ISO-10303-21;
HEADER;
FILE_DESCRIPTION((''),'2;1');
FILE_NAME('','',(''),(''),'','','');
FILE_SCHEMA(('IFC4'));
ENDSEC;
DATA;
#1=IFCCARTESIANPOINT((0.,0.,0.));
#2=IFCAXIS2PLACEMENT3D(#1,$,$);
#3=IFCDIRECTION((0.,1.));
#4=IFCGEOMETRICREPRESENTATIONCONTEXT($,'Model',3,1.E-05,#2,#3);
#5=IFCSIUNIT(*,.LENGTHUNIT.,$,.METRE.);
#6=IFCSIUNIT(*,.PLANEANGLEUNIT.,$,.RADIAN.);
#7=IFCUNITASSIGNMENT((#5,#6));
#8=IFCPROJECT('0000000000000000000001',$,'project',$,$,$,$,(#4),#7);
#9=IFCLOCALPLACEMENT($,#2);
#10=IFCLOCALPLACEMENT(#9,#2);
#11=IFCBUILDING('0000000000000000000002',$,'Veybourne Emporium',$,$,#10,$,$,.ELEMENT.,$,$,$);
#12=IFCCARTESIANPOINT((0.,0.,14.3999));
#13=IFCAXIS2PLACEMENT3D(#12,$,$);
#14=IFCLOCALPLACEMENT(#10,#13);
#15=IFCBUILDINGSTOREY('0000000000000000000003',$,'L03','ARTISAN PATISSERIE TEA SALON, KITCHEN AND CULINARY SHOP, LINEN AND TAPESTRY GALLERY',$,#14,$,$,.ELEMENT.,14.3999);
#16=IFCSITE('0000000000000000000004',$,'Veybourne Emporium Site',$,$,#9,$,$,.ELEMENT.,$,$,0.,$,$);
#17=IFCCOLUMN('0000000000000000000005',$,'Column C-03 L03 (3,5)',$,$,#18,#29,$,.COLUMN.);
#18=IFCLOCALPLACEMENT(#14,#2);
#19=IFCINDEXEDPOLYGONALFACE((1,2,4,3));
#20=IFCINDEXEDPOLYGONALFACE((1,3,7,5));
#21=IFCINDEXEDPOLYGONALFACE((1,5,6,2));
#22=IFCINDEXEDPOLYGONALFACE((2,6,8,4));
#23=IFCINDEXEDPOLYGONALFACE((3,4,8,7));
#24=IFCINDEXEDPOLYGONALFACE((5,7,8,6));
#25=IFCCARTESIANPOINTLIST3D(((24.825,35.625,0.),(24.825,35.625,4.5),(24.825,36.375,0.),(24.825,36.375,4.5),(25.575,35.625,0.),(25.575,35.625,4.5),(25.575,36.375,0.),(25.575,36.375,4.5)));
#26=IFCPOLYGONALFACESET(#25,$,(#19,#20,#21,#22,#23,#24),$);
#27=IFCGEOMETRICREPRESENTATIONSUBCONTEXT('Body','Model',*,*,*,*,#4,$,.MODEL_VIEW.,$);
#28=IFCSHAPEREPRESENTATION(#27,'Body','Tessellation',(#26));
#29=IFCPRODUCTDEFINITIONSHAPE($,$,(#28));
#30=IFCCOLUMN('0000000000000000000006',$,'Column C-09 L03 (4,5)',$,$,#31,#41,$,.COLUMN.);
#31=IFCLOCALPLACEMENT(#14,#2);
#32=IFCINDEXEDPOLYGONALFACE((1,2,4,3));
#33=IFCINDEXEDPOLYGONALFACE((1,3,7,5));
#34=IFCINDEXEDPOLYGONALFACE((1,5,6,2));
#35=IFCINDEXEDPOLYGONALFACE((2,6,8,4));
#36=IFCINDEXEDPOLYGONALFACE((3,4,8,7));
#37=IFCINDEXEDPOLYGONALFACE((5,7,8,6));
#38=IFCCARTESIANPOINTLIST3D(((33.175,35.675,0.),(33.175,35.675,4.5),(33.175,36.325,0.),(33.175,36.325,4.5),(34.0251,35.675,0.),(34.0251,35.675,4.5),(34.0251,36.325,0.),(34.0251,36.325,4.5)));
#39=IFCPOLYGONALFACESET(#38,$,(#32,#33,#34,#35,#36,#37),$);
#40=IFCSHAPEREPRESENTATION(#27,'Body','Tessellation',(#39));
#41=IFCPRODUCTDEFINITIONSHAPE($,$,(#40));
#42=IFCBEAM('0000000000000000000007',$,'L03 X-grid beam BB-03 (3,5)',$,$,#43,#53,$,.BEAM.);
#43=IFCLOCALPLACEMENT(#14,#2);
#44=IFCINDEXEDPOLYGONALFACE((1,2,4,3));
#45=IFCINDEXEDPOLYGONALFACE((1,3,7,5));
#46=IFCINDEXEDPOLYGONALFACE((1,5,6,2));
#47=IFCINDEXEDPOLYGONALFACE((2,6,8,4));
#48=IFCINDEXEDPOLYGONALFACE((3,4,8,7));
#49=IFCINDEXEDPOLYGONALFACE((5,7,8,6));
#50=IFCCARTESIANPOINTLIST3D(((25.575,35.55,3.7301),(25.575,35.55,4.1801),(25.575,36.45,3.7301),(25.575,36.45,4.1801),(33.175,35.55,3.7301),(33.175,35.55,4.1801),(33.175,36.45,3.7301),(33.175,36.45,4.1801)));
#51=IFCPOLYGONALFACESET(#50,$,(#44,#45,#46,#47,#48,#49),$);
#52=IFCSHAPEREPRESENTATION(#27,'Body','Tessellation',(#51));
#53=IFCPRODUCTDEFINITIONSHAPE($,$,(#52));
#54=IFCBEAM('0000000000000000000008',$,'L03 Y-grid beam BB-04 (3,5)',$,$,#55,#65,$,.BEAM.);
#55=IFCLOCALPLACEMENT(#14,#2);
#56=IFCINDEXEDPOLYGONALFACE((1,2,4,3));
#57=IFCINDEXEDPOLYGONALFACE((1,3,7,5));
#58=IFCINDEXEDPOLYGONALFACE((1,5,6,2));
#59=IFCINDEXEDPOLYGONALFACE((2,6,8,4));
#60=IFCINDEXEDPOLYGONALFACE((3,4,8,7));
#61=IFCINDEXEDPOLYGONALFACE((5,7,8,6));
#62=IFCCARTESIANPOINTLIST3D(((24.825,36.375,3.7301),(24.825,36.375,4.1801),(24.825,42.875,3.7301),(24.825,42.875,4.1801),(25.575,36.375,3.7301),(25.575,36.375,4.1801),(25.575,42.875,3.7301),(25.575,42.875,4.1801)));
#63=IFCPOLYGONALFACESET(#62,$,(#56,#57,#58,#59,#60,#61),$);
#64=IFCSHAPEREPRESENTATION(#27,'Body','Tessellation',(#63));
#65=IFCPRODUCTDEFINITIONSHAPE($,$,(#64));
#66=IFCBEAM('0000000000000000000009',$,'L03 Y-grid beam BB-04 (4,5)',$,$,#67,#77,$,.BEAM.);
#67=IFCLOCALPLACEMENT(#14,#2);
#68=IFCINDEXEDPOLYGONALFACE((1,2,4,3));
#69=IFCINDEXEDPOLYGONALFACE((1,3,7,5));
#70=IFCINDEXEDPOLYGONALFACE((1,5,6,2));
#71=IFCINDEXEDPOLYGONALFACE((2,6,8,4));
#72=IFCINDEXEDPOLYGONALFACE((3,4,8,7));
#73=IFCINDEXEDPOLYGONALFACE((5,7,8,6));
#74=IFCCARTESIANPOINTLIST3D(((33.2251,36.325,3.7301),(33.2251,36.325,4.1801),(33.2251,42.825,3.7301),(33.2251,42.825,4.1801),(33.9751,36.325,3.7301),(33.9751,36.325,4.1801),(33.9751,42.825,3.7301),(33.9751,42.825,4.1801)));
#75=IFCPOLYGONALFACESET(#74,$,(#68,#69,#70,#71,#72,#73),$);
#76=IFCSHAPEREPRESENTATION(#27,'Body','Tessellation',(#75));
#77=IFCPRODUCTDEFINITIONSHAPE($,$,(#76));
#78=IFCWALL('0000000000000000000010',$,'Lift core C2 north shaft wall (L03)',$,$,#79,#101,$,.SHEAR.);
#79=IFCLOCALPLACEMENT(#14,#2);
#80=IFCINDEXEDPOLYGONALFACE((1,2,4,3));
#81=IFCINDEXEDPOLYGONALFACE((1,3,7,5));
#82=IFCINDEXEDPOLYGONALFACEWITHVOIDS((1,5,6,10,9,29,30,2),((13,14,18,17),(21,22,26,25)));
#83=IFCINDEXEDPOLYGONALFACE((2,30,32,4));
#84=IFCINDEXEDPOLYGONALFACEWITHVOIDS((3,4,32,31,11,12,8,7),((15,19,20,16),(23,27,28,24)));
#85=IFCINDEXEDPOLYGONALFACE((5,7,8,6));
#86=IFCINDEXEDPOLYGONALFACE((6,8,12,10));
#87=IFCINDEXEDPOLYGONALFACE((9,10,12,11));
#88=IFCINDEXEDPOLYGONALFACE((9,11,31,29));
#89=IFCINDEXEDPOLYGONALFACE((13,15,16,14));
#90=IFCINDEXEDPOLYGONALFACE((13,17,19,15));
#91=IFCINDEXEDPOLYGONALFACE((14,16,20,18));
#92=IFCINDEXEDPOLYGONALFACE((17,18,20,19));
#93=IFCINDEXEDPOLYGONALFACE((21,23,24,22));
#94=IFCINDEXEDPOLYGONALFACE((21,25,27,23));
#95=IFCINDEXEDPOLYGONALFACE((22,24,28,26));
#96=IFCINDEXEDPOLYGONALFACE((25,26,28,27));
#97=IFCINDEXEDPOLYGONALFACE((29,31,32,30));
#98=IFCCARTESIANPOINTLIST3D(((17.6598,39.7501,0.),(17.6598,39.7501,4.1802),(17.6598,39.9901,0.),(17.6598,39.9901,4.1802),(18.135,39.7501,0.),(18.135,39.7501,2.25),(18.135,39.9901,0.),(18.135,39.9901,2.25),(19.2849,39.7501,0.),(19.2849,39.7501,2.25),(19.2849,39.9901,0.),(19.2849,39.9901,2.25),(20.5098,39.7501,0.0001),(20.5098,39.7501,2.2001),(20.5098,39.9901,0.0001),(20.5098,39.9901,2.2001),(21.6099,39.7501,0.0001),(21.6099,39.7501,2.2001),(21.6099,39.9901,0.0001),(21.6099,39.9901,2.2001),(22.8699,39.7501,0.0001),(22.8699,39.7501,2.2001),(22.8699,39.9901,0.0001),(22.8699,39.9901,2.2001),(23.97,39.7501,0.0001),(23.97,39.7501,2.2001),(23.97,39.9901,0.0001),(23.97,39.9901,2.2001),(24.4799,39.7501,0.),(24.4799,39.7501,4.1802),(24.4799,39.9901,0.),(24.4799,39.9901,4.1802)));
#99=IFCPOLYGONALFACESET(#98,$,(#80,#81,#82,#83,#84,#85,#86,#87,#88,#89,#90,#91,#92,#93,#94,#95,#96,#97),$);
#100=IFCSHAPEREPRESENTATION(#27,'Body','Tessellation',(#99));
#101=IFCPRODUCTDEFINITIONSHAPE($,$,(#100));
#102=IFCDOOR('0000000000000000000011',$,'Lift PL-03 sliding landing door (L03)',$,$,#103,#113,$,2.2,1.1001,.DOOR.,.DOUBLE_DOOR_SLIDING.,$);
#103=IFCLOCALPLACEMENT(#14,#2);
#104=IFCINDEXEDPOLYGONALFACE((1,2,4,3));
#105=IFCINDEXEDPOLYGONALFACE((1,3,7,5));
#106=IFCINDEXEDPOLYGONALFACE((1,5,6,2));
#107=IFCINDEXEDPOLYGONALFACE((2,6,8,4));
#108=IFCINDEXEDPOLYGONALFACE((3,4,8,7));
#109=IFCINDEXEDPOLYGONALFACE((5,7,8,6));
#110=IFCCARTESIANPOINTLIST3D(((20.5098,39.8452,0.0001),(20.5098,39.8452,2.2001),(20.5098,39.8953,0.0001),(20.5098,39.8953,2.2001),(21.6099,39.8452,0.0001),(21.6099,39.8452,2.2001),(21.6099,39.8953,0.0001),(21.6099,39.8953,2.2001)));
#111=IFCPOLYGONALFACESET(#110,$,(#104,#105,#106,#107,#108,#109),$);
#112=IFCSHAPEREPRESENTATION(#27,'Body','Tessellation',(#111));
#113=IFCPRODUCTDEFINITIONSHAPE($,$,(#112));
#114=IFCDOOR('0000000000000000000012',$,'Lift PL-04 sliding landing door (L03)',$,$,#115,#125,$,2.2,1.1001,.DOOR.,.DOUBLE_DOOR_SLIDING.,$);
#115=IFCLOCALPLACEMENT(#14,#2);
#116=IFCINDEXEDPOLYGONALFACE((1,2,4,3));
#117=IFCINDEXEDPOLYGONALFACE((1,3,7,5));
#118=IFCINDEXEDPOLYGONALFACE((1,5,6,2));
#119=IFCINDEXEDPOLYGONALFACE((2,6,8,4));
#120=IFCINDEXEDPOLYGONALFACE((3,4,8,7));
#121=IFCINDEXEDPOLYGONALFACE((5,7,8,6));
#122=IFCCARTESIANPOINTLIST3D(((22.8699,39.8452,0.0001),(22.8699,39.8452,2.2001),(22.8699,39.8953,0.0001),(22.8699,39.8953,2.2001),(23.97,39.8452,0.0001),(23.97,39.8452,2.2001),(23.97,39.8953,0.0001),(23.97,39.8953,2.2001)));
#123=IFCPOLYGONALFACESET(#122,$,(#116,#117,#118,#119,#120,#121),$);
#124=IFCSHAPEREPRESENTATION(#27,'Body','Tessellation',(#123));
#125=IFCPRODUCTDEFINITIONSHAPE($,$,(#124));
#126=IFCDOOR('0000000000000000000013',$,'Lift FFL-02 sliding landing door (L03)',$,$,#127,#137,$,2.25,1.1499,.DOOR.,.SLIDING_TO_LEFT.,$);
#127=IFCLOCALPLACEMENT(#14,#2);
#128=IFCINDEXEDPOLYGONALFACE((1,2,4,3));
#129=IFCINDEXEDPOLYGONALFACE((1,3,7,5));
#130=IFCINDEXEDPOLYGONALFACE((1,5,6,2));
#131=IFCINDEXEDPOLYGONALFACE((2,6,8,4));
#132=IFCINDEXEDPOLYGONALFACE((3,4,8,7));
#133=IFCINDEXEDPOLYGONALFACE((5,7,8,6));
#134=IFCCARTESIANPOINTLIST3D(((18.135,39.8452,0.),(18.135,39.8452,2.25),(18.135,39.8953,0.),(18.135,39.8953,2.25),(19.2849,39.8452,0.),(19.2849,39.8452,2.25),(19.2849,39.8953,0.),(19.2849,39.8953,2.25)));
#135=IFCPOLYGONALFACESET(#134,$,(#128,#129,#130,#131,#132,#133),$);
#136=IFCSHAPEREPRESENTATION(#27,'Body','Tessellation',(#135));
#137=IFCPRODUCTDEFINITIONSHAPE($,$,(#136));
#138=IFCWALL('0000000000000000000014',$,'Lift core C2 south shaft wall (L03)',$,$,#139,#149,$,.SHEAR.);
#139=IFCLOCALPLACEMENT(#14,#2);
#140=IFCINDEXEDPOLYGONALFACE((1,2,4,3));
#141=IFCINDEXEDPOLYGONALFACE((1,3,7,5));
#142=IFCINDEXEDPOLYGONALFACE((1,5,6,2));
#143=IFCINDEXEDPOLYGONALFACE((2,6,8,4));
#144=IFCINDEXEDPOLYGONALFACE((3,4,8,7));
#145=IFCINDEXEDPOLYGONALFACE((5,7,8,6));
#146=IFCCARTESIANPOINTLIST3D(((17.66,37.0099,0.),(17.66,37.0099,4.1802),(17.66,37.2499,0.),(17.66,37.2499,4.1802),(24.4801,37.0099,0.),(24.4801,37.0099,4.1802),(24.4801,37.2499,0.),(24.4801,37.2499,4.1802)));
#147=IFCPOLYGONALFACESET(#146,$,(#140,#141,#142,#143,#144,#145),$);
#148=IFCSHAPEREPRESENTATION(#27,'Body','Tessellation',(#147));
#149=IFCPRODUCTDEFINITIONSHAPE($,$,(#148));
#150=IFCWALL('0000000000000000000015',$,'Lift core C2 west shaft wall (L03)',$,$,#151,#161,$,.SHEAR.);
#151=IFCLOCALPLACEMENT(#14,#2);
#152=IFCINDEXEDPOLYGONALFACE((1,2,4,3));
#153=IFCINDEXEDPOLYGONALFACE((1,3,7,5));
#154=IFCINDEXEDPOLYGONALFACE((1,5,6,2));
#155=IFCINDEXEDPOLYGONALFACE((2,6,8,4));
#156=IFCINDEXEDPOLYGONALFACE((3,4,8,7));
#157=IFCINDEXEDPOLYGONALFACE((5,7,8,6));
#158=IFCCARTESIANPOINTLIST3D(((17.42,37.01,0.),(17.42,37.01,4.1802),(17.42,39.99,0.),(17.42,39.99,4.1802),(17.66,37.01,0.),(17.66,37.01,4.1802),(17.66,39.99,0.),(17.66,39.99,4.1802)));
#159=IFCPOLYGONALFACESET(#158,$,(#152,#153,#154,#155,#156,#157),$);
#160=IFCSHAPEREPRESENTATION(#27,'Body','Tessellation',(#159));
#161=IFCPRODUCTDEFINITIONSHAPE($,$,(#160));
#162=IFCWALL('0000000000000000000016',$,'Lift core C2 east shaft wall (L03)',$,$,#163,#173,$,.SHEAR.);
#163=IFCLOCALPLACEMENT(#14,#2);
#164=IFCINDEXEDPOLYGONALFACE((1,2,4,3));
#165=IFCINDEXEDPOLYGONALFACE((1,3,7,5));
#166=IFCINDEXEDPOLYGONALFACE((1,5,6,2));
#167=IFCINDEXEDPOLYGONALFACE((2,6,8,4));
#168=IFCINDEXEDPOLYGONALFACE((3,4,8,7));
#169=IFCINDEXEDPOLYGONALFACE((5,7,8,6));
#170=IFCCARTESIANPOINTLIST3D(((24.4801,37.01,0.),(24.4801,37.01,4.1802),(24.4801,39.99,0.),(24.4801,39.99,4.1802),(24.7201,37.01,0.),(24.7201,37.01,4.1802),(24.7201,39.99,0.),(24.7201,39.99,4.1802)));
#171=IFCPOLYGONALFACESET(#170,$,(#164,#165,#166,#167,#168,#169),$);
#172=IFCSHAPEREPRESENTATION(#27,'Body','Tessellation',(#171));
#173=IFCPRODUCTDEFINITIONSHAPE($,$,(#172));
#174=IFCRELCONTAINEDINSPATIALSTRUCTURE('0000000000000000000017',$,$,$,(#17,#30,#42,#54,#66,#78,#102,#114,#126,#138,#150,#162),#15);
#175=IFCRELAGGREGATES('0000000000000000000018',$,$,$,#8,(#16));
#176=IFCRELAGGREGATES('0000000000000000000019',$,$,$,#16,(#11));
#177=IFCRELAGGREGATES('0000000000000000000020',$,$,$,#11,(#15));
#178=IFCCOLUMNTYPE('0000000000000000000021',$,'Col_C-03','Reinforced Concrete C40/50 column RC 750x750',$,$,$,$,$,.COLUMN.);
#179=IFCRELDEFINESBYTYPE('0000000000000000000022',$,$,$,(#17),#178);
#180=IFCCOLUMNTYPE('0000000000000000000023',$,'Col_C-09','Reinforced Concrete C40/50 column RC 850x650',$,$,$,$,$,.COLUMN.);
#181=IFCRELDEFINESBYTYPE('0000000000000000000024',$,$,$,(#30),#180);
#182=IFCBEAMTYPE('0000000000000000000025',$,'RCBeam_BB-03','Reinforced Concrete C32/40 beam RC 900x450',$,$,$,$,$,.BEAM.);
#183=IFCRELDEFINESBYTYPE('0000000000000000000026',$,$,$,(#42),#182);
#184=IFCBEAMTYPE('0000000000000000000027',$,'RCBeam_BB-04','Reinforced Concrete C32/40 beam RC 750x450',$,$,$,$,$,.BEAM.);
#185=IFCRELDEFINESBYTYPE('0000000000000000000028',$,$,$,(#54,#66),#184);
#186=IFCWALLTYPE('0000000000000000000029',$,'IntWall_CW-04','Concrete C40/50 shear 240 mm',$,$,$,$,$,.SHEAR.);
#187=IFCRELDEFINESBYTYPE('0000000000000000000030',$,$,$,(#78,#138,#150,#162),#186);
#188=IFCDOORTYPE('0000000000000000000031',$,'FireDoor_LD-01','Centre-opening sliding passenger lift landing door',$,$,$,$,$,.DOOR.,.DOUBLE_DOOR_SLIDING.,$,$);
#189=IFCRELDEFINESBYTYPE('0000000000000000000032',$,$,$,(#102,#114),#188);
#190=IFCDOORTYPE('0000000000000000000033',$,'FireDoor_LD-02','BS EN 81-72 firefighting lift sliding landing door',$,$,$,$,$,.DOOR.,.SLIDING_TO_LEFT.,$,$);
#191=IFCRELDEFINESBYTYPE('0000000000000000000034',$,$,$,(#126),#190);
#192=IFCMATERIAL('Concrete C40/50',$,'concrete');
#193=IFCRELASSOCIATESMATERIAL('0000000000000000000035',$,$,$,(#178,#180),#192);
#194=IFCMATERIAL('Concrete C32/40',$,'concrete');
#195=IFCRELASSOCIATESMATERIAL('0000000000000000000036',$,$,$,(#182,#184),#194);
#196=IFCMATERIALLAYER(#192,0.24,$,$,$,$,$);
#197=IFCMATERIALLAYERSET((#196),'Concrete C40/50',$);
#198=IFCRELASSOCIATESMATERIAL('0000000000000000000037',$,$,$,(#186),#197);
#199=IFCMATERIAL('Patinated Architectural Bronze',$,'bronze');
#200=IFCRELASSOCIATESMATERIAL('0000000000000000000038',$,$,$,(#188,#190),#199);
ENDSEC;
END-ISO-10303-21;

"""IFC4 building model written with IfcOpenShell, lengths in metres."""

from ifc_helpers import new_model, si_unit, direction, frame, frame_2d, origin, origin_2d, place, context, subcontext, project, spatial, rectangle, extrude, material, layer, layer_set, material_profile, profile_set, type_object, element, fill, save


model = new_model("IFC4")

# Units and contexts
model_context = context("Model", 3, precision=1e-05, world=origin(), true_north=direction((0.0, 1.0)))
body_context = subcontext(model_context, "Body", "Model", "MODEL_VIEW")
ifc_project = project(units=[si_unit("LENGTHUNIT", "METRE"), si_unit("PLANEANGLEUNIT", "RADIAN")], contexts=[model_context])

# Site, building, storey
site_placement = place(None, origin())
site = spatial("IfcSite", under=ifc_project, at=site_placement, Name="Veybourne Emporium Site", CompositionType="ELEMENT", RefElevation=0.0)
building_placement = place(site_placement, origin())
building = spatial("IfcBuilding", under=site, at=building_placement, Name="Veybourne Emporium", CompositionType="ELEMENT")
storey_placement = place(building_placement, frame((0.0, 0.0, 14.3999)))
storey = spatial("IfcBuildingStorey", under=building, at=storey_placement, Name="L03", Description="ARTISAN PATISSERIE TEA SALON, KITCHEN AND CULINARY SHOP, LINEN AND TAPESTRY GALLERY", CompositionType="ELEMENT", Elevation=14.3999)

# Columns
ifc_material_1 = material(Name="Concrete C40/50", Category="concrete")
ifc_material_profile_1 = material_profile(ifc_material_1, rectangle(XDim=0.75, YDim=0.75, at=origin_2d()), Name="RC 750x750")
ifc_profile_set_1 = profile_set([ifc_material_profile_1], Name="Concrete C40/50")
column_type_1 = type_object("IfcColumnType", Name="Col_C-03", Description="Reinforced Concrete C40/50 column RC 750x750", PredefinedType="COLUMN", material=ifc_profile_set_1)
column_1_placement = place(storey_placement, frame((25.2, 36.0, 0.0), z_axis=(0.0, 0.0, 1.0), x_axis=(1.0, 0.0, 0.0)))
element("IfcColumn", 1, at=column_1_placement, inside=storey, type_object=column_type_1, Name="Column C-03 L03 (3,5)", PredefinedType="COLUMN", context=body_context, shape_type="SweptSolid", body=[
    extrude(rectangle(XDim=0.75, YDim=0.75, at=origin_2d()), origin(), (0.0, 0.0, 1.0), 4.5),
])
ifc_material_profile_2 = material_profile(ifc_material_1, rectangle(XDim=0.8501, YDim=0.6499, at=origin_2d()), Name="RC 850x650")
ifc_profile_set_2 = profile_set([ifc_material_profile_2], Name="Concrete C40/50")
column_type_2 = type_object("IfcColumnType", Name="Col_C-09", Description="Reinforced Concrete C40/50 column RC 850x650", PredefinedType="COLUMN", material=ifc_profile_set_2)
column_2_placement = place(storey_placement, frame((33.6001, 36.0, 0.0), z_axis=(0.0, 0.0, 1.0), x_axis=(1.0, 0.0, 0.0)))
element("IfcColumn", 2, at=column_2_placement, inside=storey, type_object=column_type_2, Name="Column C-09 L03 (4,5)", PredefinedType="COLUMN", context=body_context, shape_type="SweptSolid", body=[
    extrude(rectangle(XDim=0.8501, YDim=0.6499, at=origin_2d()), origin(), (0.0, 0.0, 1.0), 4.5),
])

# Beams
ifc_material_2 = material(Name="Concrete C32/40", Category="concrete")
ifc_material_profile_3 = material_profile(ifc_material_2, rectangle(XDim=0.8999, YDim=0.45, at=origin_2d()), Name="RC 900x450")
ifc_profile_set_3 = profile_set([ifc_material_profile_3], Name="Concrete C32/40")
beam_type_1 = type_object("IfcBeamType", Name="RCBeam_BB-03", Description="Reinforced Concrete C32/40 beam RC 900x450", PredefinedType="BEAM", material=ifc_profile_set_3)
beam_placement = place(storey_placement, frame((25.575, 36.0, 3.9551), z_axis=(1.0, 0.0, 0.0), x_axis=(0.0, 1.0, 0.0)))
element("IfcBeam", 3, at=beam_placement, inside=storey, type_object=beam_type_1, Name="L03 X-grid beam BB-03 (3,5)", PredefinedType="BEAM", context=body_context, shape_type="SweptSolid", body=[
    extrude(rectangle(XDim=0.8999, YDim=0.45, at=origin_2d()), origin(), (0.0, 0.0, 1.0), 7.6001),
])
ifc_material_profile_4 = material_profile(ifc_material_2, rectangle(XDim=0.75, YDim=0.45, at=origin_2d()), Name="RC 750x450")
ifc_profile_set_4 = profile_set([ifc_material_profile_4], Name="Concrete C32/40")
beam_type_2 = type_object("IfcBeamType", Name="RCBeam_BB-04", Description="Reinforced Concrete C32/40 beam RC 750x450", PredefinedType="BEAM", material=ifc_profile_set_4)
for number, where, z_axis, x_axis, name in (
    (4, (25.2, 36.375, 3.9551), (0.0, 1.0, 0.0), (-1.0, 0.0, 0.0), "L03 Y-grid beam BB-04 (3,5)"),
    (5, (33.6001, 36.325, 3.9551), (0.0, 1.0, 0.0), (-1.0, 0.0, 0.0), "L03 Y-grid beam BB-04 (4,5)"),
):
    element("IfcBeam", number, at=place(storey_placement, frame(where, z_axis=z_axis, x_axis=x_axis)), inside=storey, type_object=beam_type_2, Name=name, PredefinedType="BEAM", context=body_context, shape_type="SweptSolid", body=[
        extrude(rectangle(XDim=0.75, YDim=0.45, at=origin_2d()), origin(), (0.0, 0.0, 1.0), 6.5),
    ])

# Wall, openings, doors
ifc_layer_1 = layer(ifc_material_1, 0.24)
ifc_layer_set_1 = layer_set([ifc_layer_1], Name="Concrete C40/50")
wall_type_1 = type_object("IfcWallType", Name="IntWall_CW-04", Description="Concrete C40/50 shear 240 mm", PredefinedType="SHEAR", material=ifc_layer_set_1)
wall_1_placement = place(storey_placement, frame((24.48, 39.8701, 0.0), z_axis=(0.0, 0.0, 1.0), x_axis=(-1.0, 0.0, 0.0)))
wall_1 = element("IfcWall", 6, at=wall_1_placement, inside=storey, type_object=wall_type_1, Name="Lift core C2 north shaft wall (L03)", PredefinedType="SHEAR", context=body_context, shape_type="SweptSolid", body=[
    extrude(rectangle(XDim=6.8201, YDim=0.24, at=frame_2d((3.4102, 0.0))), origin(), (0.0, 0.0, 1.0), 4.1802),
])
opening_1_placement = place(wall_1_placement, frame((5.1951, 0.0, 0.0)))
opening_1 = element("IfcOpeningElement", 7, at=opening_1_placement, cuts=wall_1, PredefinedType="OPENING", context=body_context, shape_type="SweptSolid", body=[
    extrude(rectangle(XDim=1.1499, YDim=2.25, at=frame_2d((0.575, 1.125))), frame((0.0, 0.1401, 0.0), z_axis=(0.0, -1.0, 0.0), x_axis=(1.0, 0.0, 0.0)), (0.0, 0.0, 1.0), 0.28),
])
opening_2_placement = place(wall_1_placement, frame((2.8701, 0.0, 0.0)))
opening_2 = element("IfcOpeningElement", 8, at=opening_2_placement, cuts=wall_1, PredefinedType="OPENING", context=body_context, shape_type="SweptSolid", body=[
    extrude(rectangle(XDim=1.1001, YDim=2.2, at=frame_2d((0.55, 1.1001))), frame((0.0, 0.1401, 0.0), z_axis=(0.0, -1.0, 0.0), x_axis=(1.0, 0.0, 0.0)), (0.0, 0.0, 1.0), 0.28),
])
opening_3_placement = place(wall_1_placement, frame((0.51, 0.0, 0.0)))
opening_3 = element("IfcOpeningElement", 9, at=opening_3_placement, cuts=wall_1, PredefinedType="OPENING", context=body_context, shape_type="SweptSolid", body=[
    extrude(rectangle(XDim=1.1001, YDim=2.2, at=frame_2d((0.55, 1.1001))), frame((0.0, 0.1401, 0.0), z_axis=(0.0, -1.0, 0.0), x_axis=(1.0, 0.0, 0.0)), (0.0, 0.0, 1.0), 0.28),
])
ifc_material_3 = material(Name="Patinated Architectural Bronze", Category="bronze")
door_type_1 = type_object("IfcDoorType", Name="FireDoor_LD-01", Description="Centre-opening sliding passenger lift landing door", OperationType="DOUBLE_DOOR_SLIDING", PredefinedType="DOOR", material=ifc_material_3)
door_1_placement = place(opening_2_placement, origin())
door_1 = element("IfcDoor", 10, at=door_1_placement, inside=storey, type_object=door_type_1, Name="Lift PL-03 sliding landing door (L03)", OperationType="DOUBLE_DOOR_SLIDING", OverallHeight=2.2, OverallWidth=1.1001, PredefinedType="DOOR", context=body_context, shape_type="SweptSolid", body=[
    extrude(rectangle(XDim=1.1001, YDim=2.2, at=frame_2d((0.55, 1.1001))), frame((0.0, 0.0249, 0.0), z_axis=(0.0, -1.0, 0.0), x_axis=(1.0, 0.0, 0.0)), (0.0, 0.0, 1.0), 0.05),
])
fill(opening_2, door_1)
door_2_placement = place(opening_3_placement, origin())
door_2 = element("IfcDoor", 11, at=door_2_placement, inside=storey, type_object=door_type_1, Name="Lift PL-04 sliding landing door (L03)", OperationType="DOUBLE_DOOR_SLIDING", OverallHeight=2.2, OverallWidth=1.1001, PredefinedType="DOOR", context=body_context, shape_type="SweptSolid", body=[
    extrude(rectangle(XDim=1.1001, YDim=2.2, at=frame_2d((0.55, 1.1001))), frame((0.0, 0.0249, 0.0), z_axis=(0.0, -1.0, 0.0), x_axis=(1.0, 0.0, 0.0)), (0.0, 0.0, 1.0), 0.05),
])
fill(opening_3, door_2)
door_type_2 = type_object("IfcDoorType", Name="FireDoor_LD-02", Description="BS EN 81-72 firefighting lift sliding landing door", OperationType="SLIDING_TO_LEFT", PredefinedType="DOOR", material=ifc_material_3)
door_3_placement = place(opening_1_placement, origin())
door_3 = element("IfcDoor", 12, at=door_3_placement, inside=storey, type_object=door_type_2, Name="Lift FFL-02 sliding landing door (L03)", OperationType="SLIDING_TO_LEFT", OverallHeight=2.25, OverallWidth=1.1499, PredefinedType="DOOR", context=body_context, shape_type="SweptSolid", body=[
    extrude(rectangle(XDim=1.1499, YDim=2.25, at=frame_2d((0.575, 1.125))), frame((0.0, 0.0249, 0.0), z_axis=(0.0, -1.0, 0.0), x_axis=(1.0, 0.0, 0.0)), (0.0, 0.0, 1.0), 0.05),
])
fill(opening_1, door_3)

# Walls
wall_2_placement = place(storey_placement, frame((17.6599, 37.1299, 0.0), z_axis=(0.0, 0.0, 1.0), x_axis=(1.0, 0.0, 0.0)))
element("IfcWall", 13, at=wall_2_placement, inside=storey, type_object=wall_type_1, Name="Lift core C2 south shaft wall (L03)", PredefinedType="SHEAR", context=body_context, shape_type="SweptSolid", body=[
    extrude(rectangle(XDim=6.8201, YDim=0.24, at=frame_2d((3.4102, 0.0))), origin(), (0.0, 0.0, 1.0), 4.1802),
])
for number, where, z_axis, x_axis, name in (
    (14, (17.54, 39.99, 0.0), (0.0, 0.0, 1.0), (0.0, -1.0, 0.0), "Lift core C2 west shaft wall (L03)"),
    (15, (24.6001, 37.01, 0.0), (0.0, 0.0, 1.0), (0.0, 1.0, 0.0), "Lift core C2 east shaft wall (L03)"),
):
    element("IfcWall", number, at=place(storey_placement, frame(where, z_axis=z_axis, x_axis=x_axis)), inside=storey, type_object=wall_type_1, Name=name, PredefinedType="SHEAR", context=body_context, shape_type="SweptSolid", body=[
        extrude(rectangle(XDim=2.98, YDim=0.24, at=frame_2d((1.49, 0.0))), origin(), (0.0, 0.0, 1.0), 4.1802),
    ])

save(model, "model.ifc")
